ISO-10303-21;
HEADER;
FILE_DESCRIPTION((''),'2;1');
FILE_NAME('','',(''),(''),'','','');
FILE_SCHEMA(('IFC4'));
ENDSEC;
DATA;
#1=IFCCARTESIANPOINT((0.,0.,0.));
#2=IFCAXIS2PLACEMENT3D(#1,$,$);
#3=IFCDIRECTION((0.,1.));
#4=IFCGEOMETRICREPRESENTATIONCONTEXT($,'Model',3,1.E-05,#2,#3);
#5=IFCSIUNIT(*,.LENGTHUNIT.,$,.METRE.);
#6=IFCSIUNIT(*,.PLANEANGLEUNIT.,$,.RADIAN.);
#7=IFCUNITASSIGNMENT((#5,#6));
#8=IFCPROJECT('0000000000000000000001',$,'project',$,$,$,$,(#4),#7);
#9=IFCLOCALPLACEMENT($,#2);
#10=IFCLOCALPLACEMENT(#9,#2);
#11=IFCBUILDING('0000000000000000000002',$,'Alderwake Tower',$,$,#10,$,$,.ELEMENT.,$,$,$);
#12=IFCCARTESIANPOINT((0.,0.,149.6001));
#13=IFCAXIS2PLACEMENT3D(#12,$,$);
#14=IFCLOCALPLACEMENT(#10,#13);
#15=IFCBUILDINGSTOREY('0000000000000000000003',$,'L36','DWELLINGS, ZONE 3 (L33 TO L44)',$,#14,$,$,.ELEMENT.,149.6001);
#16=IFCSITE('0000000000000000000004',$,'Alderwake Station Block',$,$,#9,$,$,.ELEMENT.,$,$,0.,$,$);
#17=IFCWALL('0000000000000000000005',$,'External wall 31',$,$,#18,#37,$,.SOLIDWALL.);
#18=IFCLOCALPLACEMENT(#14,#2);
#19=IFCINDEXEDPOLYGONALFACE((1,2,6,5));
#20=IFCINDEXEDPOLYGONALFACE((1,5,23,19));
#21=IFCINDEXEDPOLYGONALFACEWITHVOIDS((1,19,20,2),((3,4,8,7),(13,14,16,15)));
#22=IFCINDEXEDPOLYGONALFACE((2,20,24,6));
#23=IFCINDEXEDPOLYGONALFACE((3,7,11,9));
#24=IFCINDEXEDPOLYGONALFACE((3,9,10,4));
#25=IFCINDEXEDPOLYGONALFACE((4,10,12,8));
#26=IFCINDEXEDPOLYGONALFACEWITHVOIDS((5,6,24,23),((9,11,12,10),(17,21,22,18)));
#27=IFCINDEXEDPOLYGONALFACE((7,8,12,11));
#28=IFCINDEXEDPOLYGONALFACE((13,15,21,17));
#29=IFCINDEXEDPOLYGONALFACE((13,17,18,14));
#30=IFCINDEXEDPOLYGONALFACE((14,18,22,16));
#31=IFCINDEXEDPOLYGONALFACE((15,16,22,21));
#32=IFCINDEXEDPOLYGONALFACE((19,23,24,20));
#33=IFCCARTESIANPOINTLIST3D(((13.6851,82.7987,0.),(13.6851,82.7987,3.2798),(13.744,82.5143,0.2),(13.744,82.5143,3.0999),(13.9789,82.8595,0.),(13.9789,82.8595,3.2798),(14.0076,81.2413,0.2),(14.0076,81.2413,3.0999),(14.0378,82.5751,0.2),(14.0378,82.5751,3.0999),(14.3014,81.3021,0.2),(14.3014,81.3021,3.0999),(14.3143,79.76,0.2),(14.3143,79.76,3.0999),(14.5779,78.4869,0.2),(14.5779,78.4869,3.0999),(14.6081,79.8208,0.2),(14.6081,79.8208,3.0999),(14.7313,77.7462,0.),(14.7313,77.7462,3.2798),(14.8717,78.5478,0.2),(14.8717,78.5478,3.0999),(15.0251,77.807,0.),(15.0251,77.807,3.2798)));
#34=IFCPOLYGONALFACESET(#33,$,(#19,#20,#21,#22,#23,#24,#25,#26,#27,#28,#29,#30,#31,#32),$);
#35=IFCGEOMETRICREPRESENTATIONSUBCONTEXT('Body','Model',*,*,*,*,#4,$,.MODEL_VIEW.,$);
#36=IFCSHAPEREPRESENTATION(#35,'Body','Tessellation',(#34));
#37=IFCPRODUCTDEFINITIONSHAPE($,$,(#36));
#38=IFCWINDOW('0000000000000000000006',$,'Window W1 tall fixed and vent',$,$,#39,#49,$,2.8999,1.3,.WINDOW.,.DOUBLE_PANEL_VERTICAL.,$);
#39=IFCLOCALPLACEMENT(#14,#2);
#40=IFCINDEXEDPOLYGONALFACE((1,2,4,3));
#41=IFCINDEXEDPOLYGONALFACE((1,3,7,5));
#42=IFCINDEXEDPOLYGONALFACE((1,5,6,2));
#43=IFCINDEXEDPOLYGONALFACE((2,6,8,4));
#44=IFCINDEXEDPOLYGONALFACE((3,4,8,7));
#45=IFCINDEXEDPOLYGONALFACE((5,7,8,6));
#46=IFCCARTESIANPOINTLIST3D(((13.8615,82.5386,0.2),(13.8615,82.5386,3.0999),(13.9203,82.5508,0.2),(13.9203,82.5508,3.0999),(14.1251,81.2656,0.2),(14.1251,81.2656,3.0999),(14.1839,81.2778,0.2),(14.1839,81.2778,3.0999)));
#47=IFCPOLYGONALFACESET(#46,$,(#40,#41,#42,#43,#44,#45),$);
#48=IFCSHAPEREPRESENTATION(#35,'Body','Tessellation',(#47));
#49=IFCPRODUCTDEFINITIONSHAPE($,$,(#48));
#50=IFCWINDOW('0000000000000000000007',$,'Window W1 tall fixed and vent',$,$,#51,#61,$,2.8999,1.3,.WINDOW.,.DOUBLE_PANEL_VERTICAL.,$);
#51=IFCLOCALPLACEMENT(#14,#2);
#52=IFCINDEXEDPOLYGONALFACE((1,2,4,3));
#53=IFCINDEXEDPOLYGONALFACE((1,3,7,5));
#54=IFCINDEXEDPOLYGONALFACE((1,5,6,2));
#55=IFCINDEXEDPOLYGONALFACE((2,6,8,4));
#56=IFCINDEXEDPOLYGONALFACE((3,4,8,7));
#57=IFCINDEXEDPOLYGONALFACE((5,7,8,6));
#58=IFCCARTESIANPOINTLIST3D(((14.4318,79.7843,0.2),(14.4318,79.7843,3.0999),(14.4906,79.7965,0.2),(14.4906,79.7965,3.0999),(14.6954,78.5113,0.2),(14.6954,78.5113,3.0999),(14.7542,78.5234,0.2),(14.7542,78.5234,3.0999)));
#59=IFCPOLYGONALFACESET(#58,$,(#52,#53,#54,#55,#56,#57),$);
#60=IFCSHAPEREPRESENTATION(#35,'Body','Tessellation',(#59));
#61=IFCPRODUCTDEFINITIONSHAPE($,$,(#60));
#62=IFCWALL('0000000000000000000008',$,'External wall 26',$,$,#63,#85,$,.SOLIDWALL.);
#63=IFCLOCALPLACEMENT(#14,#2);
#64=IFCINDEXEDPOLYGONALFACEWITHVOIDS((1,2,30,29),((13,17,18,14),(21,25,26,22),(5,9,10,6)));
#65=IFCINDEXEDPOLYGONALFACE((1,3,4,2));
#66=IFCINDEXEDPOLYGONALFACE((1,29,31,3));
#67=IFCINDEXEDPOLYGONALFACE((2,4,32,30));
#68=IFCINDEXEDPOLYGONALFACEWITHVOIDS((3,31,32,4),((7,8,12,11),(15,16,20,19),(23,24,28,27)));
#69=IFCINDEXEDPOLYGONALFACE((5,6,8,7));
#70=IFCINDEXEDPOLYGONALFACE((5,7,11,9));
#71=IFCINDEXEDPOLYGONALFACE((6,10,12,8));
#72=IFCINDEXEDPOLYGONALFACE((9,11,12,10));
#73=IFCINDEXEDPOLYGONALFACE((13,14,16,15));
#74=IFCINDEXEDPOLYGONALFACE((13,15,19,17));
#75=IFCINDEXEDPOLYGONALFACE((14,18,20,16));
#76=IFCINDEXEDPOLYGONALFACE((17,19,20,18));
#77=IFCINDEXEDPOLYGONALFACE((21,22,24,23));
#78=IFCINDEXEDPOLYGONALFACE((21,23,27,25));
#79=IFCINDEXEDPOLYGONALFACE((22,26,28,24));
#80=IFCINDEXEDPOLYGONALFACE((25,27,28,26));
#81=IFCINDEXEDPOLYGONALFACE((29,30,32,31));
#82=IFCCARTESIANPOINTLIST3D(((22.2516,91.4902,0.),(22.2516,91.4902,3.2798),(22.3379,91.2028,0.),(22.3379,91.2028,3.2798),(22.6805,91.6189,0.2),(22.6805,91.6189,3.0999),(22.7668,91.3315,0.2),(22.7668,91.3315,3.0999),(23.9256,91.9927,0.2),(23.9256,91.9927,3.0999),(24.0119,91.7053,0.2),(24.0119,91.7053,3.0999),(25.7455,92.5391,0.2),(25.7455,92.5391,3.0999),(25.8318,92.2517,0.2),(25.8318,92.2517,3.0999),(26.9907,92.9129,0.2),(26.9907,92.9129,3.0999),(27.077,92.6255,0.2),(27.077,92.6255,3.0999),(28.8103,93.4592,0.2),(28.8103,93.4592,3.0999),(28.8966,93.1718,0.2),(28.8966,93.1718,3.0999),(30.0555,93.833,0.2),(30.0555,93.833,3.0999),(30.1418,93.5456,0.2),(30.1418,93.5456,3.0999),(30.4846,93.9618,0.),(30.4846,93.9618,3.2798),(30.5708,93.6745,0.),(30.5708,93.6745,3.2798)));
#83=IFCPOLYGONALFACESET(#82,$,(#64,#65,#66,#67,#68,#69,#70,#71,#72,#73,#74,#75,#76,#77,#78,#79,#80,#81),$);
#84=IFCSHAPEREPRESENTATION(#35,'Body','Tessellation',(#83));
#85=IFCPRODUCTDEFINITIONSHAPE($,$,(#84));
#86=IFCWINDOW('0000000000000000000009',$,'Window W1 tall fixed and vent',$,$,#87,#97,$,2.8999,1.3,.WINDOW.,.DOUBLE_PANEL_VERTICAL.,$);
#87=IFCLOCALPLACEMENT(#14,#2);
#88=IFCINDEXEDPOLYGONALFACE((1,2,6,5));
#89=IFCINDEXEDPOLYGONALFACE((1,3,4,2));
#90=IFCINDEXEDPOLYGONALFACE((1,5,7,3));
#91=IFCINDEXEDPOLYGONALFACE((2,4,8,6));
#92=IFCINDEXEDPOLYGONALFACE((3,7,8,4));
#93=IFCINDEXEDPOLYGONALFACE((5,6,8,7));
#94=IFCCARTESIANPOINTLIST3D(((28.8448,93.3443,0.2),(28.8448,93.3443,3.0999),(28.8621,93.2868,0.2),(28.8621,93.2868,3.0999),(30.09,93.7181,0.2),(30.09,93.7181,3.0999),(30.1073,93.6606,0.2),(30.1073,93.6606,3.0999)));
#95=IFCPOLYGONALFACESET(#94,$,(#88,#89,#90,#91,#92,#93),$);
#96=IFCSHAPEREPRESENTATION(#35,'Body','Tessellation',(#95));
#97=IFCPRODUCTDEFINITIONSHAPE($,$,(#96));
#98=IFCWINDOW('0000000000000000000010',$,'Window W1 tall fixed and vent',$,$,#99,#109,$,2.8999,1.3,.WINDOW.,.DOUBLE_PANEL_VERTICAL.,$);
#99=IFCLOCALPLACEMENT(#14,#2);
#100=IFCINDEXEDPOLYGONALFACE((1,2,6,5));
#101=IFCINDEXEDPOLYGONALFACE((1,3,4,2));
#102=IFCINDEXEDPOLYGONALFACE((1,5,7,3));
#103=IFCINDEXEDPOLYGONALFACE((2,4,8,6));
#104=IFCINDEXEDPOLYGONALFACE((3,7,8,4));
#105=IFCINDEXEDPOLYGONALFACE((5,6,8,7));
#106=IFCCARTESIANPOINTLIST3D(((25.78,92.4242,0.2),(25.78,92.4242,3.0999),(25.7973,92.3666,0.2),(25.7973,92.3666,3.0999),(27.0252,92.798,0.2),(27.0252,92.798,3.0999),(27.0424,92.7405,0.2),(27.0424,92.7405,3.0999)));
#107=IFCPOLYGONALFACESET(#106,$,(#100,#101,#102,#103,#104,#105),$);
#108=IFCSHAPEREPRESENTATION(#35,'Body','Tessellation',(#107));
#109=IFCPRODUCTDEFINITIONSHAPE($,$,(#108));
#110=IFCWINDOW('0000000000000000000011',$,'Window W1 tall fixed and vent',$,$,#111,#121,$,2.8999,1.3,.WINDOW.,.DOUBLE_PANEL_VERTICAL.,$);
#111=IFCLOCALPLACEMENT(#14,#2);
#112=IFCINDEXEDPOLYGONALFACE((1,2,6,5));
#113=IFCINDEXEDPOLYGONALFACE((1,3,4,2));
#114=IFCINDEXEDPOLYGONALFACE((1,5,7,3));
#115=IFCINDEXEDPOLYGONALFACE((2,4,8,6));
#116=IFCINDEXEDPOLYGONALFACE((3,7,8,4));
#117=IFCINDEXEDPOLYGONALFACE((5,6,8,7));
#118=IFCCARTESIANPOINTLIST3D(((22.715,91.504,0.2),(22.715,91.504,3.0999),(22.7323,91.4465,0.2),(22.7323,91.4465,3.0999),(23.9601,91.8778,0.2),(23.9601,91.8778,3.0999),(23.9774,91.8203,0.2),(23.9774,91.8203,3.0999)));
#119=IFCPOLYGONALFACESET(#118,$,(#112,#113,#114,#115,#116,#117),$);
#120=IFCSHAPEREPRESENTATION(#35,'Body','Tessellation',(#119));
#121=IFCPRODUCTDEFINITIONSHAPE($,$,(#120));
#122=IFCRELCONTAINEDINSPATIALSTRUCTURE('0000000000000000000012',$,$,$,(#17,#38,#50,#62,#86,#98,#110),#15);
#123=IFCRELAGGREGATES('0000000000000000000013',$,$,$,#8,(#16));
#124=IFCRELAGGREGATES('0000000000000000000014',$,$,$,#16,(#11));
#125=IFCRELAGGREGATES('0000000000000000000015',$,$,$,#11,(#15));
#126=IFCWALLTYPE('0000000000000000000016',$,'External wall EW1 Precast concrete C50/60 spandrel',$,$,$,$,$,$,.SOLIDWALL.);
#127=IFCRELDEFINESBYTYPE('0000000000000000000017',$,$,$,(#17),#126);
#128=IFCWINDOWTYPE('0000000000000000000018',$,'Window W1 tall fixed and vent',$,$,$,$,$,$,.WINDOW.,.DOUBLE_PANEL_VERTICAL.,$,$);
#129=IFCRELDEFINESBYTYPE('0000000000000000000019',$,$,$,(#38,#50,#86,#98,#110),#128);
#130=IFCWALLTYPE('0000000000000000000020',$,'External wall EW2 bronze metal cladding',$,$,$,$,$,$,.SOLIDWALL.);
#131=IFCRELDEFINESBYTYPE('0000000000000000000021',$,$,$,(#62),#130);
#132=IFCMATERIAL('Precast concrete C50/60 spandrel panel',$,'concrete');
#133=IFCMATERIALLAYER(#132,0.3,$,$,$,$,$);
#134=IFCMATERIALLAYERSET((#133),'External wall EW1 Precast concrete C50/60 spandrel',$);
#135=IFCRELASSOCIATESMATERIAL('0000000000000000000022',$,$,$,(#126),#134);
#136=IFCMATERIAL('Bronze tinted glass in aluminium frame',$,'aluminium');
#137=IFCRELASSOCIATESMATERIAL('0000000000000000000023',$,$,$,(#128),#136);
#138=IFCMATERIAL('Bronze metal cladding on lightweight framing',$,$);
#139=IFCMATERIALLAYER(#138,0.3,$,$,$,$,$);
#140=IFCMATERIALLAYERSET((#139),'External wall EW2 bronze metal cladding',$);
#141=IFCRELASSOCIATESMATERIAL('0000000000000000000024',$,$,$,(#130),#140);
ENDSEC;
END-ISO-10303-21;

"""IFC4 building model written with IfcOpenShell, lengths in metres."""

from ifc_helpers import new_model, si_unit, direction, frame, frame_2d, origin, place, context, subcontext, project, spatial, rectangle, extrude, material, layer, layer_set, type_object, element, fill, save


model = new_model("IFC4")

# Units and contexts
model_context = context("Model", 3, precision=1e-05, world=origin(), true_north=direction((0.0, 1.0)))
body_context = subcontext(model_context, "Body", "Model", "MODEL_VIEW")
ifc_project = project(units=[si_unit("LENGTHUNIT", "METRE"), si_unit("PLANEANGLEUNIT", "RADIAN")], contexts=[model_context])

# Site, building, storey
site_placement = place(None, origin())
site = spatial("IfcSite", under=ifc_project, at=site_placement, Name="Alderwake Station Block", CompositionType="ELEMENT", RefElevation=0.0)
building_placement = place(site_placement, origin())
building = spatial("IfcBuilding", under=site, at=building_placement, Name="Alderwake Tower", CompositionType="ELEMENT")
storey_placement = place(building_placement, frame((0.0, 0.0, 149.6001)))
storey = spatial("IfcBuildingStorey", under=building, at=storey_placement, Name="L36", Description="DWELLINGS, ZONE 3 (L33 TO L44)", CompositionType="ELEMENT", Elevation=149.6001)

# Shared definitions
ifc_material_1 = material(Name="Precast concrete C50/60 spandrel panel", Category="concrete")
ifc_layer_1 = layer(ifc_material_1, 0.3)
ifc_layer_set_1 = layer_set([ifc_layer_1], Name="External wall EW1 Precast concrete C50/60 spandrel")
wall_type_1 = type_object("IfcWallType", Name="External wall EW1 Precast concrete C50/60 spandrel", PredefinedType="SOLIDWALL", material=ifc_layer_set_1)

# Walls, openings, windows
wall_1_placement = place(storey_placement, frame((13.832, 82.8291, 0.0), z_axis=(0.0, 0.0, 1.0), x_axis=(0.202754, -0.97923, 0.0)))
wall_1 = element("IfcWall", 1, at=wall_1_placement, inside=storey, type_object=wall_type_1, Name="External wall 31", PredefinedType="SOLIDWALL", context=body_context, shape_type="SweptSolid", body=[
    extrude(rectangle(XDim=5.1597, YDim=0.3, at=frame_2d((2.5798, 0.0))), origin(), (0.0, 0.0, 1.0), 3.2798),
])
opening_1_placement = place(wall_1_placement, frame((0.2905, 0.0, 0.2)))
opening_1 = element("IfcOpeningElement", 2, at=opening_1_placement, cuts=wall_1, PredefinedType="OPENING", context=body_context, shape_type="SweptSolid", body=[
    extrude(rectangle(XDim=1.3, YDim=2.8999, at=frame_2d((0.6499, 1.45))), frame((0.0, 0.1599, 0.0), z_axis=(0.0, -1.0, 0.0), x_axis=(1.0, 0.0, 0.0)), (0.0, 0.0, 1.0), 0.3201),
])
opening_2_placement = place(wall_1_placement, frame((3.1033, 0.0, 0.2)))
opening_2 = element("IfcOpeningElement", 3, at=opening_2_placement, cuts=wall_1, PredefinedType="OPENING", context=body_context, shape_type="SweptSolid", body=[
    extrude(rectangle(XDim=1.3, YDim=2.8999, at=frame_2d((0.6499, 1.45))), frame((0.0, 0.1599, 0.0), z_axis=(0.0, -1.0, 0.0), x_axis=(1.0, 0.0, 0.0)), (0.0, 0.0, 1.0), 0.3201),
])
ifc_material_2 = material(Name="Bronze tinted glass in aluminium frame", Category="aluminium")
window_type = type_object("IfcWindowType", Name="Window W1 tall fixed and vent", PartitioningType="DOUBLE_PANEL_VERTICAL", PredefinedType="WINDOW", material=ifc_material_2)
window_1_placement = place(opening_1_placement, origin())
window_1 = element("IfcWindow", 4, at=window_1_placement, inside=storey, type_object=window_type, Name="Window W1 tall fixed and vent", OverallHeight=2.8999, OverallWidth=1.3, PartitioningType="DOUBLE_PANEL_VERTICAL", PredefinedType="WINDOW", context=body_context, shape_type="SweptSolid", body=[
    extrude(rectangle(XDim=1.3, YDim=2.8999, at=frame_2d((0.6499, 1.45))), frame((0.0, 0.03, 0.0), z_axis=(0.0, -1.0, 0.0), x_axis=(1.0, 0.0, 0.0)), (0.0, 0.0, 1.0), 0.0601),
])
fill(opening_1, window_1)
window_2_placement = place(opening_2_placement, origin())
window_2 = element("IfcWindow", 5, at=window_2_placement, inside=storey, type_object=window_type, Name="Window W1 tall fixed and vent", OverallHeight=2.8999, OverallWidth=1.3, PartitioningType="DOUBLE_PANEL_VERTICAL", PredefinedType="WINDOW", context=body_context, shape_type="SweptSolid", body=[
    extrude(rectangle(XDim=1.3, YDim=2.8999, at=frame_2d((0.6499, 1.45))), frame((0.0, 0.03, 0.0), z_axis=(0.0, -1.0, 0.0), x_axis=(1.0, 0.0, 0.0)), (0.0, 0.0, 1.0), 0.0601),
])
fill(opening_2, window_2)
ifc_material_3 = material(Name="Bronze metal cladding on lightweight framing")
ifc_layer_2 = layer(ifc_material_3, 0.3)
ifc_layer_set_2 = layer_set([ifc_layer_2], Name="External wall EW2 bronze metal cladding")
wall_type_2 = type_object("IfcWallType", Name="External wall EW2 bronze metal cladding", PredefinedType="SOLIDWALL", material=ifc_layer_set_2)
wall_2_placement = place(storey_placement, frame((30.5276, 93.8181, 0.0), z_axis=(0.0, 0.0, 1.0), x_axis=(-0.957768, -0.287541, 0.0)))
wall_2 = element("IfcWall", 6, at=wall_2_placement, inside=storey, type_object=wall_type_2, Name="External wall 26", PredefinedType="SOLIDWALL", context=body_context, shape_type="SweptSolid", body=[
    extrude(rectangle(XDim=8.5959, YDim=0.3, at=frame_2d((4.2979, 0.0))), origin(), (0.0, 0.0, 1.0), 3.2798),
])
opening_3_placement = place(wall_2_placement, frame((0.448, 0.0, 0.2)))
opening_3 = element("IfcOpeningElement", 7, at=opening_3_placement, cuts=wall_2, PredefinedType="OPENING", context=body_context, shape_type="SweptSolid", body=[
    extrude(rectangle(XDim=1.3, YDim=2.8999, at=frame_2d((0.6499, 1.45))), frame((0.0, 0.1599, 0.0), z_axis=(0.0, -1.0, 0.0), x_axis=(1.0, 0.0, 0.0)), (0.0, 0.0, 1.0), 0.3201),
])
opening_4_placement = place(wall_2_placement, frame((3.6479, 0.0, 0.2)))
opening_4 = element("IfcOpeningElement", 8, at=opening_4_placement, cuts=wall_2, PredefinedType="OPENING", context=body_context, shape_type="SweptSolid", body=[
    extrude(rectangle(XDim=1.3, YDim=2.8999, at=frame_2d((0.6499, 1.45))), frame((0.0, 0.1599, 0.0), z_axis=(0.0, -1.0, 0.0), x_axis=(1.0, 0.0, 0.0)), (0.0, 0.0, 1.0), 0.3201),
])
opening_5_placement = place(wall_2_placement, frame((6.8481, 0.0, 0.2)))
opening_5 = element("IfcOpeningElement", 9, at=opening_5_placement, cuts=wall_2, PredefinedType="OPENING", context=body_context, shape_type="SweptSolid", body=[
    extrude(rectangle(XDim=1.3, YDim=2.8999, at=frame_2d((0.6499, 1.45))), frame((0.0, 0.1599, 0.0), z_axis=(0.0, -1.0, 0.0), x_axis=(1.0, 0.0, 0.0)), (0.0, 0.0, 1.0), 0.3201),
])
window_3_placement = place(opening_3_placement, origin())
window_3 = element("IfcWindow", 10, at=window_3_placement, inside=storey, type_object=window_type, Name="Window W1 tall fixed and vent", OverallHeight=2.8999, OverallWidth=1.3, PartitioningType="DOUBLE_PANEL_VERTICAL", PredefinedType="WINDOW", context=body_context, shape_type="SweptSolid", body=[
    extrude(rectangle(XDim=1.3, YDim=2.8999, at=frame_2d((0.6499, 1.45))), frame((0.0, 0.03, 0.0), z_axis=(0.0, -1.0, 0.0), x_axis=(1.0, 0.0, 0.0)), (0.0, 0.0, 1.0), 0.0601),
])
fill(opening_3, window_3)
window_4_placement = place(opening_4_placement, origin())
window_4 = element("IfcWindow", 11, at=window_4_placement, inside=storey, type_object=window_type, Name="Window W1 tall fixed and vent", OverallHeight=2.8999, OverallWidth=1.3, PartitioningType="DOUBLE_PANEL_VERTICAL", PredefinedType="WINDOW", context=body_context, shape_type="SweptSolid", body=[
    extrude(rectangle(XDim=1.3, YDim=2.8999, at=frame_2d((0.6499, 1.45))), frame((0.0, 0.03, 0.0), z_axis=(0.0, -1.0, 0.0), x_axis=(1.0, 0.0, 0.0)), (0.0, 0.0, 1.0), 0.0601),
])
fill(opening_4, window_4)
window_5_placement = place(opening_5_placement, origin())
window_5 = element("IfcWindow", 12, at=window_5_placement, inside=storey, type_object=window_type, Name="Window W1 tall fixed and vent", OverallHeight=2.8999, OverallWidth=1.3, PartitioningType="DOUBLE_PANEL_VERTICAL", PredefinedType="WINDOW", context=body_context, shape_type="SweptSolid", body=[
    extrude(rectangle(XDim=1.3, YDim=2.8999, at=frame_2d((0.6499, 1.45))), frame((0.0, 0.03, 0.0), z_axis=(0.0, -1.0, 0.0), x_axis=(1.0, 0.0, 0.0)), (0.0, 0.0, 1.0), 0.0601),
])
fill(opening_5, window_5)

save(model, "model.ifc")
